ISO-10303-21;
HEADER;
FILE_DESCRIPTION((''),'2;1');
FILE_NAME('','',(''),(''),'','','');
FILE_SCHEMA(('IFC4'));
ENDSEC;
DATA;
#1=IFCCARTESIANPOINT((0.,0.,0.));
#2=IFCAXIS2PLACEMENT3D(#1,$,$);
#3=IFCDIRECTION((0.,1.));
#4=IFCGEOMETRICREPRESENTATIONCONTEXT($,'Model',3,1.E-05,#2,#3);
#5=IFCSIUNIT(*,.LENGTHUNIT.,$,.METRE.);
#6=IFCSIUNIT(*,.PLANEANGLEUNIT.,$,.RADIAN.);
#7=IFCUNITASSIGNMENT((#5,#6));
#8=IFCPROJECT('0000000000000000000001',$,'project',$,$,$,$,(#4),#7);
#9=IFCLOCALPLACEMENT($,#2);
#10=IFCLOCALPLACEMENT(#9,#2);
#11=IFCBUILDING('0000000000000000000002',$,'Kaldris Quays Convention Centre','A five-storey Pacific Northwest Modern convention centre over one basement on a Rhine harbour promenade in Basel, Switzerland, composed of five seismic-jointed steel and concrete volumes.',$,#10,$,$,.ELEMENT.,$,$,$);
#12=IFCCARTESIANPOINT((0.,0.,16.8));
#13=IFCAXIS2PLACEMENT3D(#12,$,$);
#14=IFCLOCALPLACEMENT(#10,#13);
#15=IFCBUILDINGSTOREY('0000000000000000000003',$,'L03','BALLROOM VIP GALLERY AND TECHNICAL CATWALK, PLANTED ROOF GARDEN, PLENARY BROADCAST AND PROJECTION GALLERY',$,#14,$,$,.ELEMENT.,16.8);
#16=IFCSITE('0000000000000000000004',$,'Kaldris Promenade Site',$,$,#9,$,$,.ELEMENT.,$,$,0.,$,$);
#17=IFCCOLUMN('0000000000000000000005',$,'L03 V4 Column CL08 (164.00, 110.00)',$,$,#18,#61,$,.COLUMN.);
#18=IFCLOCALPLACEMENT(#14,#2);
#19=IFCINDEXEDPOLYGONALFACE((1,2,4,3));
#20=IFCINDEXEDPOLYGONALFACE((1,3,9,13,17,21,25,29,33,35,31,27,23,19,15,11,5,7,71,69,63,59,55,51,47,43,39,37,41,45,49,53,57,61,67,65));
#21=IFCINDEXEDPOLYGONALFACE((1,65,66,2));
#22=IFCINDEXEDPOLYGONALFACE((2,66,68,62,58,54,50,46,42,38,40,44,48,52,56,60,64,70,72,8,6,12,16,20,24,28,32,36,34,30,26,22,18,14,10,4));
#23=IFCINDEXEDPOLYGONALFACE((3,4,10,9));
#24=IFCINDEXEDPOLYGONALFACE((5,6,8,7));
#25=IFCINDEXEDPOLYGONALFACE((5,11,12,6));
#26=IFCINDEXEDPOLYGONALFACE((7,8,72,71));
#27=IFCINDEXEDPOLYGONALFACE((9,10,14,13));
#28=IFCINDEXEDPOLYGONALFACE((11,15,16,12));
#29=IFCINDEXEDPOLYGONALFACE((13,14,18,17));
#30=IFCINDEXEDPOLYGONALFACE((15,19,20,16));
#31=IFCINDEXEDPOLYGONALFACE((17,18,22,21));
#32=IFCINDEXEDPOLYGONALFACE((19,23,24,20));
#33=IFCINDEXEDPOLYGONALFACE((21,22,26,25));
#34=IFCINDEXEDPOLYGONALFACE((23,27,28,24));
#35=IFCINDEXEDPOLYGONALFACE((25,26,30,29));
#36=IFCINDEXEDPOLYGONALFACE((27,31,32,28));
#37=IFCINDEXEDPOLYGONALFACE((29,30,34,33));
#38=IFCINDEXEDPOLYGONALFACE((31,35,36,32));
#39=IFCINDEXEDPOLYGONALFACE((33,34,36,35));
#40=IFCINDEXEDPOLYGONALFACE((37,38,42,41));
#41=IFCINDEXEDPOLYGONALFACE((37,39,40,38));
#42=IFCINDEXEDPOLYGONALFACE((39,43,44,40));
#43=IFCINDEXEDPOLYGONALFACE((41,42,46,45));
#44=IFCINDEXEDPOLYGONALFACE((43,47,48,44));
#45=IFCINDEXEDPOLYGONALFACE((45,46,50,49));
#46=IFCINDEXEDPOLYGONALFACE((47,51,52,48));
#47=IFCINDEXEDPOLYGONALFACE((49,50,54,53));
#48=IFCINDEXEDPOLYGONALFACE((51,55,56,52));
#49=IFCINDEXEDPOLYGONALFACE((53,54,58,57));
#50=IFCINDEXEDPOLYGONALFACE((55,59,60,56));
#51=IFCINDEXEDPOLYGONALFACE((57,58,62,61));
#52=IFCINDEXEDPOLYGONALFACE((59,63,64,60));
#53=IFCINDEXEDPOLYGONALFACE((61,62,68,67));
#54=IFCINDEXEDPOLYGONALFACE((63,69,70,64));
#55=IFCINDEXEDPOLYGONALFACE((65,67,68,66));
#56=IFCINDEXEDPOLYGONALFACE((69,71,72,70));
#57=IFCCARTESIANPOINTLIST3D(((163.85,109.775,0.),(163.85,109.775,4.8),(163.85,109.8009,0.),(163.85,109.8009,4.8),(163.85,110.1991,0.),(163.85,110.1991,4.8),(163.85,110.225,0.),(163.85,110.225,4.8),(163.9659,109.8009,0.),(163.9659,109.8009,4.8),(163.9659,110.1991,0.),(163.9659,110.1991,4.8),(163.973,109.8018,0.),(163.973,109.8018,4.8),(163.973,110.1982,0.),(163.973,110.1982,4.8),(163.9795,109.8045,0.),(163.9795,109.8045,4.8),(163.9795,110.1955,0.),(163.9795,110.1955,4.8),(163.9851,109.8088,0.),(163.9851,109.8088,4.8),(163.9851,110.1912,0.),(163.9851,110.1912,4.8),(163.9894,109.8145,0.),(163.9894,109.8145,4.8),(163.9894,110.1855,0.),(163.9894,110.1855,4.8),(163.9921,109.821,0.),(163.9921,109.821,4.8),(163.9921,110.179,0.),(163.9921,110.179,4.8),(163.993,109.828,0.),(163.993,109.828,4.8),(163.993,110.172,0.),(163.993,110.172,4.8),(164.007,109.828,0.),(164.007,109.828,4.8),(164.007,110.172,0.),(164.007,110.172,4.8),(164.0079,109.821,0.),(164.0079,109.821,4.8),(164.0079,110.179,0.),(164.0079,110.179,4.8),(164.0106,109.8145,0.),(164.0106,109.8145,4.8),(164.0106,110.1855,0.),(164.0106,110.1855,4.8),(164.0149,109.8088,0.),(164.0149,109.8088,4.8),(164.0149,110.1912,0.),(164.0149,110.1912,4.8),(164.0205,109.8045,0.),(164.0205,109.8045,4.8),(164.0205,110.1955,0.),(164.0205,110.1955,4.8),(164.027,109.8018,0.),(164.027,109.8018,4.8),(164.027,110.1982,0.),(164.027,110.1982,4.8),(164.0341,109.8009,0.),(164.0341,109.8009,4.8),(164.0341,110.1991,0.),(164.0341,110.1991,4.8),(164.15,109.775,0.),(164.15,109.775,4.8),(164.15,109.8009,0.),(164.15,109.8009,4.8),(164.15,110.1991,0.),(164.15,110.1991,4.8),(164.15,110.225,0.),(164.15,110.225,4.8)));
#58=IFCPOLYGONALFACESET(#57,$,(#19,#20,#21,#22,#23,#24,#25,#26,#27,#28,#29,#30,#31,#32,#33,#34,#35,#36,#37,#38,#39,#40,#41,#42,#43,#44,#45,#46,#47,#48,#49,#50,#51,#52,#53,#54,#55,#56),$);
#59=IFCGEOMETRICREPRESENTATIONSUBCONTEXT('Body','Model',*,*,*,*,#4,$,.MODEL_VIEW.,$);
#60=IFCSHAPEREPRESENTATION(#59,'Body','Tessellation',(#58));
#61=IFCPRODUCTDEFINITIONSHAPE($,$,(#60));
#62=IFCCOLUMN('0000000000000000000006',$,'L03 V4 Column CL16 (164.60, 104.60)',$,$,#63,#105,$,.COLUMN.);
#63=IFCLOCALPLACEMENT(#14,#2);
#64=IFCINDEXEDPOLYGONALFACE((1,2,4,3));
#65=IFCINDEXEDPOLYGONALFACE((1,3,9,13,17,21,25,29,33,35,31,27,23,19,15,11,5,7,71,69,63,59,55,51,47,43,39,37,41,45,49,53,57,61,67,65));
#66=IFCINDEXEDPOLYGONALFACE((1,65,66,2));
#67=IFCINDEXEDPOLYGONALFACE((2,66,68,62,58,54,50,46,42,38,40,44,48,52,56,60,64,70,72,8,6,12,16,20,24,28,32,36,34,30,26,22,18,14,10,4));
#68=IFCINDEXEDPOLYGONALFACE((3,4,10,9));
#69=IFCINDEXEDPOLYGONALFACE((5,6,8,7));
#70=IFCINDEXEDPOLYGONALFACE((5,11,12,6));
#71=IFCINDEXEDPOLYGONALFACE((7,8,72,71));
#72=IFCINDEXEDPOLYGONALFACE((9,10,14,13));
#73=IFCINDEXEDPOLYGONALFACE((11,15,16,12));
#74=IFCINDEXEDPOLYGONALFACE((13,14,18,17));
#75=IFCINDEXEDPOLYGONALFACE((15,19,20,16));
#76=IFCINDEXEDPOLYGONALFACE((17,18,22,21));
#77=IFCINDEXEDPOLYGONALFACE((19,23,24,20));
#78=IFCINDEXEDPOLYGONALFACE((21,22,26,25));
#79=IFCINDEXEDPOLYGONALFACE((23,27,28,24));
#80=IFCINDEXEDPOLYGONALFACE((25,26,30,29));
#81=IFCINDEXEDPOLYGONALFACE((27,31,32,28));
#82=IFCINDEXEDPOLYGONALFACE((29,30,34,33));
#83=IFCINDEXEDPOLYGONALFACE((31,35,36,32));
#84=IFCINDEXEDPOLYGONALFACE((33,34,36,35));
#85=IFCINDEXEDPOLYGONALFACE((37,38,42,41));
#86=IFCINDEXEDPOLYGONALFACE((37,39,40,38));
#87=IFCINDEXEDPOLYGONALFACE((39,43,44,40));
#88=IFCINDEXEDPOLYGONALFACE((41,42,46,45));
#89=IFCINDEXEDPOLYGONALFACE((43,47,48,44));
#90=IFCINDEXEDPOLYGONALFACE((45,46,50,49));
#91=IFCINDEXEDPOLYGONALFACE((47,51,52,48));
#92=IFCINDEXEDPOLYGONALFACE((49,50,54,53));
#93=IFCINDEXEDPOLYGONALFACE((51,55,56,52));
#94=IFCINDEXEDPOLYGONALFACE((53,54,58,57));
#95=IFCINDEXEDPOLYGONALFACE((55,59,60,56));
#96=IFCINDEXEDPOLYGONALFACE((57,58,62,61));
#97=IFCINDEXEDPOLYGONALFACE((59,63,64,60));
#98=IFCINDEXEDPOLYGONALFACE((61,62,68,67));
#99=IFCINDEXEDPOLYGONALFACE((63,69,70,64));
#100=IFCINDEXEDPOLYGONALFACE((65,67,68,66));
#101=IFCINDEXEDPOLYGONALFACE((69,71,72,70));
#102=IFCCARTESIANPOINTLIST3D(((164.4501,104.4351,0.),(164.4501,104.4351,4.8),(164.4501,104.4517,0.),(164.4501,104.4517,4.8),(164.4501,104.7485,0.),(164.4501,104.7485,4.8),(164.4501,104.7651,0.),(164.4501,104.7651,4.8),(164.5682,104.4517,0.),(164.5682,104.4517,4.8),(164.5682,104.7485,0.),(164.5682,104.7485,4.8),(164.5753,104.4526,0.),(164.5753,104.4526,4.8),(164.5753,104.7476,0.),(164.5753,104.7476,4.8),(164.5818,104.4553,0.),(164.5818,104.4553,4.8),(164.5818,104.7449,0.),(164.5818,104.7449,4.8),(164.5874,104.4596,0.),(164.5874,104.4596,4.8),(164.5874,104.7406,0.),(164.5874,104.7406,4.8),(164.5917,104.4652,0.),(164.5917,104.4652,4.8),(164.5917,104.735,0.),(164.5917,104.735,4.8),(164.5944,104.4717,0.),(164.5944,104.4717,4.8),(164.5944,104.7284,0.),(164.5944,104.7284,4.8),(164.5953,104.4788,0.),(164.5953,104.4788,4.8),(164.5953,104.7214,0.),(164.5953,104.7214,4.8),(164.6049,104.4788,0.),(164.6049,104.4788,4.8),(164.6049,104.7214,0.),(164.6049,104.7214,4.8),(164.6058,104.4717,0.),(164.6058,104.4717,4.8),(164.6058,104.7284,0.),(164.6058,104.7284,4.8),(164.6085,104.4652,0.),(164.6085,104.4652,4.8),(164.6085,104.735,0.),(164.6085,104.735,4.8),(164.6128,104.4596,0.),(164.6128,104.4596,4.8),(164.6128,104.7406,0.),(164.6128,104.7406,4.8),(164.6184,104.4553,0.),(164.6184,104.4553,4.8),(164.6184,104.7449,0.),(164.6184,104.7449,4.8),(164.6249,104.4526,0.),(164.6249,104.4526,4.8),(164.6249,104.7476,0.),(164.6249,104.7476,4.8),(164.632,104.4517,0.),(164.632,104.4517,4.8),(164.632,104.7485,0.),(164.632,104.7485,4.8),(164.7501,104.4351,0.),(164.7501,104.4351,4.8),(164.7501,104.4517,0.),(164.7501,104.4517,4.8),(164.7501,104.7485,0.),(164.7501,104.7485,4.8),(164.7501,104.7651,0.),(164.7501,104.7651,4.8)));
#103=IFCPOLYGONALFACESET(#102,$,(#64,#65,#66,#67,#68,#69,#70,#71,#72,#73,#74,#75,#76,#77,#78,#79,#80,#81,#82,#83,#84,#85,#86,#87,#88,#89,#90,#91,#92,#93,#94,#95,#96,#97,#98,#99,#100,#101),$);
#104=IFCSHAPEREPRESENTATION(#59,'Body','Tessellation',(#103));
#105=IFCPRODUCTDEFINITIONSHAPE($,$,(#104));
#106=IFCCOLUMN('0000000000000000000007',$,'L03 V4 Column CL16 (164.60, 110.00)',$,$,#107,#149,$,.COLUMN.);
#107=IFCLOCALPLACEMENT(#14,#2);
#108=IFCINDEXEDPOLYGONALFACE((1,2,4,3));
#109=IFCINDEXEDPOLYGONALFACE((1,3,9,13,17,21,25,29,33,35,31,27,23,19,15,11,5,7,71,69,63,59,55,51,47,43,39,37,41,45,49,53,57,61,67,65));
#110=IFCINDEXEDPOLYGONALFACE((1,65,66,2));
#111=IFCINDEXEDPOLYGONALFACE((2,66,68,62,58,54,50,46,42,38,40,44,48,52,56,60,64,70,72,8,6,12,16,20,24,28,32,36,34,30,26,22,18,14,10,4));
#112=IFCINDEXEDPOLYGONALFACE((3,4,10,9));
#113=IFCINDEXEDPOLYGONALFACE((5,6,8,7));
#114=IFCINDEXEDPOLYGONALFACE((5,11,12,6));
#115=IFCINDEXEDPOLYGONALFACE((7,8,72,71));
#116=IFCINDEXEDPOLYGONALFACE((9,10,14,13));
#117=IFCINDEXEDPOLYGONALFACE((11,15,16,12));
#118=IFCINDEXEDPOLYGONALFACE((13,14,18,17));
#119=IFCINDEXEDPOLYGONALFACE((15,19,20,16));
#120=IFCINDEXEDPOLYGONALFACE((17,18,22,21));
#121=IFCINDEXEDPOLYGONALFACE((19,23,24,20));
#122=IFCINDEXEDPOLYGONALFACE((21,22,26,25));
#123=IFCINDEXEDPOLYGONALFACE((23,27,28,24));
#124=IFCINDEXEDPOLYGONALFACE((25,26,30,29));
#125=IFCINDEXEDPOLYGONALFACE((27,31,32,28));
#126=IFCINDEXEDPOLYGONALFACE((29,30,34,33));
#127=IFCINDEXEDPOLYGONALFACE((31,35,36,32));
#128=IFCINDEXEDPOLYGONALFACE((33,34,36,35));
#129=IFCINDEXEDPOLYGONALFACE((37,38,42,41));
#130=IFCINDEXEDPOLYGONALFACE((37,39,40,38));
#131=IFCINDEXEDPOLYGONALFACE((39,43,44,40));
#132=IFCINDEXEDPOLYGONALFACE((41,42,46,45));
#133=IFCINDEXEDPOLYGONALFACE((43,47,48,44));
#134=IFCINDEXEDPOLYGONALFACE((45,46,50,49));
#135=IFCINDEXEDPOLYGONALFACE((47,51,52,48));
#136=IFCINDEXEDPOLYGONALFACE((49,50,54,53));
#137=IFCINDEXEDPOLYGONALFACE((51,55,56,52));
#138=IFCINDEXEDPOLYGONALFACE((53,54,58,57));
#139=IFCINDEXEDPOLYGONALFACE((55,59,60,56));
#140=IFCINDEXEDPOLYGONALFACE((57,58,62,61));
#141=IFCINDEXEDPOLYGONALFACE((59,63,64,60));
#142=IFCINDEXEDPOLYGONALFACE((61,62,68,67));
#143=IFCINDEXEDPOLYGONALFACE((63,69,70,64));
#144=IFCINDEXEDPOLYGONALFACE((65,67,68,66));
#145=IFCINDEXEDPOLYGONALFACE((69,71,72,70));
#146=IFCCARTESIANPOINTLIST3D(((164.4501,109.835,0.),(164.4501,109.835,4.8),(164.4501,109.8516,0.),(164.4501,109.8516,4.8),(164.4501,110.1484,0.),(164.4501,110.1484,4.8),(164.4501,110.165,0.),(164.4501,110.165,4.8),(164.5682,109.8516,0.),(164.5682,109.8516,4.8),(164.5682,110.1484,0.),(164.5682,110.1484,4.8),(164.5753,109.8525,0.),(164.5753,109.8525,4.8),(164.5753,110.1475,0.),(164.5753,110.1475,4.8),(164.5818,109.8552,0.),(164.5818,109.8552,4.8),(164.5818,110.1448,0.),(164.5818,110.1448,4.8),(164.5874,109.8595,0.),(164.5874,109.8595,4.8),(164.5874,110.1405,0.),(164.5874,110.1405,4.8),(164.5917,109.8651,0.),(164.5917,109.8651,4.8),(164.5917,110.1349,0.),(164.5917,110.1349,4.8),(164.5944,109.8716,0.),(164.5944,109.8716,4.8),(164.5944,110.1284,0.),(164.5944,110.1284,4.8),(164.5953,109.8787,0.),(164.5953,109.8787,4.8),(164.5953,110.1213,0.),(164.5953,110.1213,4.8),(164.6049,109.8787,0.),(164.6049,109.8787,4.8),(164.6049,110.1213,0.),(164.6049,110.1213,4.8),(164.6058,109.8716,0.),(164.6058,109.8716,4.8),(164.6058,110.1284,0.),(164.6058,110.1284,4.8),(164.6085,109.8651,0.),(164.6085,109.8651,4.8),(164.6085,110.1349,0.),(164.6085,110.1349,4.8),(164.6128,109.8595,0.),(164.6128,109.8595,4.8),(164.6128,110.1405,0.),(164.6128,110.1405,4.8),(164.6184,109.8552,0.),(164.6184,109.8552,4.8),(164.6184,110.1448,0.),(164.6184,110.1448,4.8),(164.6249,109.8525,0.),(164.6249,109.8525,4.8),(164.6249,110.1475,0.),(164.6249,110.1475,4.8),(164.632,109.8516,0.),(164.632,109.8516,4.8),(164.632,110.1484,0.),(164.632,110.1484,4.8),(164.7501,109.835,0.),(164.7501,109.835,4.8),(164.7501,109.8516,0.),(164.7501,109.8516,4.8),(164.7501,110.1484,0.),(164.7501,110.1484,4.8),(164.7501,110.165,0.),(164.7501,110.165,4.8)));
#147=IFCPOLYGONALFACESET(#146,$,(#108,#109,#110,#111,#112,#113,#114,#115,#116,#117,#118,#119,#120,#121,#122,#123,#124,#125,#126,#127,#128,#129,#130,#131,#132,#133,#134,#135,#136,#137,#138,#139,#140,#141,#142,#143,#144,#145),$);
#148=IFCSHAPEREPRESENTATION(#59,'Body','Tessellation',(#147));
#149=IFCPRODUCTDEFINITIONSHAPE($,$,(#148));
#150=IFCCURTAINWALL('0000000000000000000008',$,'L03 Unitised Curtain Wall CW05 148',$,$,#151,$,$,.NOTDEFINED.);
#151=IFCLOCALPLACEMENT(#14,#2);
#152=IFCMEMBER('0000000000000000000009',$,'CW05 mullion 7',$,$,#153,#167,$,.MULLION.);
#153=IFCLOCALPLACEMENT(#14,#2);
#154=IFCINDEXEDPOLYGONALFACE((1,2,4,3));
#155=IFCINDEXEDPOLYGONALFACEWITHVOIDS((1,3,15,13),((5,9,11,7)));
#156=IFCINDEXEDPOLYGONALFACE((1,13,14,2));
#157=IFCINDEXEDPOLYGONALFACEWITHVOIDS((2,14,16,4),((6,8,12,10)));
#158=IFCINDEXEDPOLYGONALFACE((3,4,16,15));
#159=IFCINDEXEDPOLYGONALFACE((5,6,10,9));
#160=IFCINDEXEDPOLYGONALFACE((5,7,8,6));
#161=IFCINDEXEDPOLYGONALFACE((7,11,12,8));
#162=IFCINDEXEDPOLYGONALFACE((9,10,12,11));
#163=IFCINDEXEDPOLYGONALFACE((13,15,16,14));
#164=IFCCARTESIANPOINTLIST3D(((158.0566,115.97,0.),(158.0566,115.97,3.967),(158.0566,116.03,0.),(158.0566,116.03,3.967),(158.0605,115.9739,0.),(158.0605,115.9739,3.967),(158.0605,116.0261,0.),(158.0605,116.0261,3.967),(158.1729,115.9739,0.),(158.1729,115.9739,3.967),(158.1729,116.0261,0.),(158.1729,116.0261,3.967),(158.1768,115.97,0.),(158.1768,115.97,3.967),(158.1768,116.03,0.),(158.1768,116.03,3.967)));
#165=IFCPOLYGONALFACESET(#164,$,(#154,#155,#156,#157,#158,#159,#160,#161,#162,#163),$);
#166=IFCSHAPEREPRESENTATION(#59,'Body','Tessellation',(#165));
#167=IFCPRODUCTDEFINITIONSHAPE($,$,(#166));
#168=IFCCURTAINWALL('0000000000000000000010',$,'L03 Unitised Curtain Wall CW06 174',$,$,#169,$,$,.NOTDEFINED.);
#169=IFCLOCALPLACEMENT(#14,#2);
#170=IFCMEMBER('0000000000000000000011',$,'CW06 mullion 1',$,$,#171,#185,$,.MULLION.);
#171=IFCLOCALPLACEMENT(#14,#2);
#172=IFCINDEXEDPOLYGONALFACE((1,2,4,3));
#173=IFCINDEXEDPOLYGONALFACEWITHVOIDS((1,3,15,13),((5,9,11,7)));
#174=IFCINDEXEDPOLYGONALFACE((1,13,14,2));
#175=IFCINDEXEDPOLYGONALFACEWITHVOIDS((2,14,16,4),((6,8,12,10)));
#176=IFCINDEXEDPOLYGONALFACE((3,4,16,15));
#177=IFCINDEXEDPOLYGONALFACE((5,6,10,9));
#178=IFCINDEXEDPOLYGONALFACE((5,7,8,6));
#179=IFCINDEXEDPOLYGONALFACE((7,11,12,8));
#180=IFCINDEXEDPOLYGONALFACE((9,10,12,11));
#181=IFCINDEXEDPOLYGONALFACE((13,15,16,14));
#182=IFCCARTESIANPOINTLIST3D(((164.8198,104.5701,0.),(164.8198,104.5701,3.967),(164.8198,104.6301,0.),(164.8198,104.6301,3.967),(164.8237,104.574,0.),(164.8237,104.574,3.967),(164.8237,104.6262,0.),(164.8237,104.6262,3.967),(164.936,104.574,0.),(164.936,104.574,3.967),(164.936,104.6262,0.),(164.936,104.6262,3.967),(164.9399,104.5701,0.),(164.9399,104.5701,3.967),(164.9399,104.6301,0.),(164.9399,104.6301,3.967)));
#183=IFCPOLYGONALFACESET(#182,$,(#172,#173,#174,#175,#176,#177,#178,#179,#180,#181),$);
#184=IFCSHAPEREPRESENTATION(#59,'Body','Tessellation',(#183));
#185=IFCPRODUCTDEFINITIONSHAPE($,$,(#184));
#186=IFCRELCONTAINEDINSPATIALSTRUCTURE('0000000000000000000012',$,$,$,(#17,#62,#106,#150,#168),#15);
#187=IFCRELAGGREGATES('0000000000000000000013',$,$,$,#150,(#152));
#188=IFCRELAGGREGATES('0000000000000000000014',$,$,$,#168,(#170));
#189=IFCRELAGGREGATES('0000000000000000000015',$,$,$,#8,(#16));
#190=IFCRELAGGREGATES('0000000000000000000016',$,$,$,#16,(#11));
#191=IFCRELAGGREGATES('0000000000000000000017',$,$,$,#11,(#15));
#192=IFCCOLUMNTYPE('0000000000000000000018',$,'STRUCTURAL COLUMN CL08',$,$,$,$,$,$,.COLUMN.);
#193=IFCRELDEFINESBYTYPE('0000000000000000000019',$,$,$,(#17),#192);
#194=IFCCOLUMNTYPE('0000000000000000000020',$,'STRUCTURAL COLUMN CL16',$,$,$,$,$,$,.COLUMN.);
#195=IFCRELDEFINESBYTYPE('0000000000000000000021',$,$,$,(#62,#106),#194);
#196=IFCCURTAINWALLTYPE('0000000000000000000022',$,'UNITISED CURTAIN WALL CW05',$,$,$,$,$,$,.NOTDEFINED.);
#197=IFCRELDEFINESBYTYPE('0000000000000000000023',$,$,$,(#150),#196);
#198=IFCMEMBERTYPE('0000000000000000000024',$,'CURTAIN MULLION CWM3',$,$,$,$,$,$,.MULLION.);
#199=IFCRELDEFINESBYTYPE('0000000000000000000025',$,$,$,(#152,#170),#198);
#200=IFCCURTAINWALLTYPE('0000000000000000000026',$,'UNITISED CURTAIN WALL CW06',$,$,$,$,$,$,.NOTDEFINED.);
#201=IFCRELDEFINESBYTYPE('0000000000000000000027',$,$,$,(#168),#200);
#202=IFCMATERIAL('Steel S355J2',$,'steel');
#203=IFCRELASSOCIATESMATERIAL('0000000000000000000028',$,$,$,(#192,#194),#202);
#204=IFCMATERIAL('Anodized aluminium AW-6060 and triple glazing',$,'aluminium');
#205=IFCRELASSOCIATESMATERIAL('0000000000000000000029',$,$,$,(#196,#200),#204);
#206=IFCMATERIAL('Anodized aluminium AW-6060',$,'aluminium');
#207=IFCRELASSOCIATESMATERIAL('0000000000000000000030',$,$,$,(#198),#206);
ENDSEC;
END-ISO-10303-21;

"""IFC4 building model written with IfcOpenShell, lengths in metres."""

from ifc_helpers import new_model, si_unit, direction, frame, origin, origin_2d, place, context, subcontext, project, spatial, hollow_rectangle, i_section, extrude, material, material_profile, profile_set, type_object, element, aggregate, save


model = new_model("IFC4")

# Units and contexts
model_context = context("Model", 3, precision=1e-05, world=origin(), true_north=direction((0.0, 1.0)))
body_context = subcontext(model_context, "Body", "Model", "MODEL_VIEW")
ifc_project = project(units=[si_unit("LENGTHUNIT", "METRE"), si_unit("PLANEANGLEUNIT", "RADIAN")], contexts=[model_context])

# Site, building, storey
site_placement = place(None, origin())
site = spatial("IfcSite", under=ifc_project, at=site_placement, Name="Kaldris Promenade Site", CompositionType="ELEMENT", RefElevation=0.0)
building_placement = place(site_placement, origin())
building = spatial("IfcBuilding", under=site, at=building_placement, Name="Kaldris Quays Convention Centre", Description="A five-storey Pacific Northwest Modern convention centre over one basement on a Rhine harbour promenade in Basel, Switzerland, composed of five seismic-jointed steel and concrete volumes.", CompositionType="ELEMENT")
storey_placement = place(building_placement, frame((0.0, 0.0, 16.8)))
storey = spatial("IfcBuildingStorey", under=building, at=storey_placement, Name="L03", Description="BALLROOM VIP GALLERY AND TECHNICAL CATWALK, PLANTED ROOF GARDEN, PLENARY BROADCAST AND PROJECTION GALLERY", CompositionType="ELEMENT", Elevation=16.8)

# Columns
ifc_material_1 = material(Name="Steel S355J2", Category="steel")
ifc_material_profile_1 = material_profile(ifc_material_1, i_section(OverallWidth=0.3, OverallDepth=0.45, WebThickness=0.0139, FlangeThickness=0.0259, FilletRadius=0.0271, at=origin_2d()), Name="HEB 450")
ifc_profile_set_1 = profile_set([ifc_material_profile_1], Name="Steel S355J2")
column_type_1 = type_object("IfcColumnType", Name="STRUCTURAL COLUMN CL08", PredefinedType="COLUMN", material=ifc_profile_set_1)
column_placement = place(storey_placement, frame((164.0, 110.0, 0.0), z_axis=(0.0, 0.0, 1.0), x_axis=(1.0, 0.0, 0.0)))
element("IfcColumn", 1, at=column_placement, inside=storey, type_object=column_type_1, Name="L03 V4 Column CL08 (164.00, 110.00)", PredefinedType="COLUMN", context=body_context, shape_type="SweptSolid", body=[
    extrude(i_section(OverallWidth=0.3, OverallDepth=0.45, WebThickness=0.0139, FlangeThickness=0.0259, FilletRadius=0.0271, at=origin_2d()), origin(), (0.0, 0.0, 1.0), 4.8),
])
ifc_material_profile_2 = material_profile(ifc_material_1, i_section(OverallWidth=0.3, OverallDepth=0.3301, WebThickness=0.0095, FlangeThickness=0.0166, FilletRadius=0.0271, at=origin_2d()), Name="HEA 340")
ifc_profile_set_2 = profile_set([ifc_material_profile_2], Name="Steel S355J2")
column_type_2 = type_object("IfcColumnType", Name="STRUCTURAL COLUMN CL16", PredefinedType="COLUMN", material=ifc_profile_set_2)
for number, where, z_axis, x_axis, name in (
    (2, (164.6001, 104.6001, 0.0), (0.0, 0.0, 1.0), (1.0, 0.0, 0.0), "L03 V4 Column CL16 (164.60, 104.60)"),
    (3, (164.6001, 110.0, 0.0), (0.0, 0.0, 1.0), (1.0, 0.0, 0.0), "L03 V4 Column CL16 (164.60, 110.00)"),
):
    element("IfcColumn", number, at=place(storey_placement, frame(where, z_axis=z_axis, x_axis=x_axis)), inside=storey, type_object=column_type_2, Name=name, PredefinedType="COLUMN", context=body_context, shape_type="SweptSolid", body=[
        extrude(i_section(OverallWidth=0.3, OverallDepth=0.3301, WebThickness=0.0095, FlangeThickness=0.0166, FilletRadius=0.0271, at=origin_2d()), origin(), (0.0, 0.0, 1.0), 4.8),
    ])

# Curtain walls, members
ifc_material_2 = material(Name="Anodized aluminium AW-6060 and triple glazing", Category="aluminium")
curtain_wall_type_1 = type_object("IfcCurtainWallType", Name="UNITISED CURTAIN WALL CW05", PredefinedType="NOTDEFINED", material=ifc_material_2)
curtain_wall_1_placement = place(storey_placement, origin())
curtain_wall_1 = element("IfcCurtainWall", 4, at=curtain_wall_1_placement, inside=storey, type_object=curtain_wall_type_1, Name="L03 Unitised Curtain Wall CW05 148", PredefinedType="NOTDEFINED")
ifc_material_3 = material(Name="Anodized aluminium AW-6060", Category="aluminium")
ifc_material_profile_3 = material_profile(ifc_material_3, hollow_rectangle(XDim=0.0601, YDim=0.1201, WallThickness=0.0039, at=origin_2d()), Name="RHS 120x60x4")
ifc_profile_set_3 = profile_set([ifc_material_profile_3], Name="Anodized aluminium AW-6060")
member_type_1 = type_object("IfcMemberType", Name="CURTAIN MULLION CWM3", PredefinedType="MULLION", material=ifc_profile_set_3)
member_1_placement = place(storey_placement, frame((158.1167, 116.0, 0.0), z_axis=(0.0, 0.0, 1.0), x_axis=(0.0, 1.0, 0.0)))
member_1 = element("IfcMember", 5, at=member_1_placement, type_object=member_type_1, Name="CW05 mullion 7", PredefinedType="MULLION", context=body_context, shape_type="SweptSolid", body=[
    extrude(hollow_rectangle(XDim=0.0601, YDim=0.1201, WallThickness=0.0039, at=origin_2d()), origin(), (0.0, 0.0, 1.0), 3.967),
])
curtain_wall_type_2 = type_object("IfcCurtainWallType", Name="UNITISED CURTAIN WALL CW06", PredefinedType="NOTDEFINED", material=ifc_material_2)
curtain_wall_2_placement = place(storey_placement, origin())
curtain_wall_2 = element("IfcCurtainWall", 6, at=curtain_wall_2_placement, inside=storey, type_object=curtain_wall_type_2, Name="L03 Unitised Curtain Wall CW06 174", PredefinedType="NOTDEFINED")
member_2_placement = place(storey_placement, frame((164.8799, 104.6001, 0.0), z_axis=(0.0, 0.0, 1.0), x_axis=(0.0, 1.0, 0.0)))
member_2 = element("IfcMember", 7, at=member_2_placement, type_object=member_type_1, Name="CW06 mullion 1", PredefinedType="MULLION", context=body_context, shape_type="SweptSolid", body=[
    extrude(hollow_rectangle(XDim=0.0601, YDim=0.1201, WallThickness=0.0039, at=origin_2d()), origin(), (0.0, 0.0, 1.0), 3.967),
])

aggregate(curtain_wall_1, [member_1])

aggregate(curtain_wall_2, [member_2])

save(model, "model.ifc")
